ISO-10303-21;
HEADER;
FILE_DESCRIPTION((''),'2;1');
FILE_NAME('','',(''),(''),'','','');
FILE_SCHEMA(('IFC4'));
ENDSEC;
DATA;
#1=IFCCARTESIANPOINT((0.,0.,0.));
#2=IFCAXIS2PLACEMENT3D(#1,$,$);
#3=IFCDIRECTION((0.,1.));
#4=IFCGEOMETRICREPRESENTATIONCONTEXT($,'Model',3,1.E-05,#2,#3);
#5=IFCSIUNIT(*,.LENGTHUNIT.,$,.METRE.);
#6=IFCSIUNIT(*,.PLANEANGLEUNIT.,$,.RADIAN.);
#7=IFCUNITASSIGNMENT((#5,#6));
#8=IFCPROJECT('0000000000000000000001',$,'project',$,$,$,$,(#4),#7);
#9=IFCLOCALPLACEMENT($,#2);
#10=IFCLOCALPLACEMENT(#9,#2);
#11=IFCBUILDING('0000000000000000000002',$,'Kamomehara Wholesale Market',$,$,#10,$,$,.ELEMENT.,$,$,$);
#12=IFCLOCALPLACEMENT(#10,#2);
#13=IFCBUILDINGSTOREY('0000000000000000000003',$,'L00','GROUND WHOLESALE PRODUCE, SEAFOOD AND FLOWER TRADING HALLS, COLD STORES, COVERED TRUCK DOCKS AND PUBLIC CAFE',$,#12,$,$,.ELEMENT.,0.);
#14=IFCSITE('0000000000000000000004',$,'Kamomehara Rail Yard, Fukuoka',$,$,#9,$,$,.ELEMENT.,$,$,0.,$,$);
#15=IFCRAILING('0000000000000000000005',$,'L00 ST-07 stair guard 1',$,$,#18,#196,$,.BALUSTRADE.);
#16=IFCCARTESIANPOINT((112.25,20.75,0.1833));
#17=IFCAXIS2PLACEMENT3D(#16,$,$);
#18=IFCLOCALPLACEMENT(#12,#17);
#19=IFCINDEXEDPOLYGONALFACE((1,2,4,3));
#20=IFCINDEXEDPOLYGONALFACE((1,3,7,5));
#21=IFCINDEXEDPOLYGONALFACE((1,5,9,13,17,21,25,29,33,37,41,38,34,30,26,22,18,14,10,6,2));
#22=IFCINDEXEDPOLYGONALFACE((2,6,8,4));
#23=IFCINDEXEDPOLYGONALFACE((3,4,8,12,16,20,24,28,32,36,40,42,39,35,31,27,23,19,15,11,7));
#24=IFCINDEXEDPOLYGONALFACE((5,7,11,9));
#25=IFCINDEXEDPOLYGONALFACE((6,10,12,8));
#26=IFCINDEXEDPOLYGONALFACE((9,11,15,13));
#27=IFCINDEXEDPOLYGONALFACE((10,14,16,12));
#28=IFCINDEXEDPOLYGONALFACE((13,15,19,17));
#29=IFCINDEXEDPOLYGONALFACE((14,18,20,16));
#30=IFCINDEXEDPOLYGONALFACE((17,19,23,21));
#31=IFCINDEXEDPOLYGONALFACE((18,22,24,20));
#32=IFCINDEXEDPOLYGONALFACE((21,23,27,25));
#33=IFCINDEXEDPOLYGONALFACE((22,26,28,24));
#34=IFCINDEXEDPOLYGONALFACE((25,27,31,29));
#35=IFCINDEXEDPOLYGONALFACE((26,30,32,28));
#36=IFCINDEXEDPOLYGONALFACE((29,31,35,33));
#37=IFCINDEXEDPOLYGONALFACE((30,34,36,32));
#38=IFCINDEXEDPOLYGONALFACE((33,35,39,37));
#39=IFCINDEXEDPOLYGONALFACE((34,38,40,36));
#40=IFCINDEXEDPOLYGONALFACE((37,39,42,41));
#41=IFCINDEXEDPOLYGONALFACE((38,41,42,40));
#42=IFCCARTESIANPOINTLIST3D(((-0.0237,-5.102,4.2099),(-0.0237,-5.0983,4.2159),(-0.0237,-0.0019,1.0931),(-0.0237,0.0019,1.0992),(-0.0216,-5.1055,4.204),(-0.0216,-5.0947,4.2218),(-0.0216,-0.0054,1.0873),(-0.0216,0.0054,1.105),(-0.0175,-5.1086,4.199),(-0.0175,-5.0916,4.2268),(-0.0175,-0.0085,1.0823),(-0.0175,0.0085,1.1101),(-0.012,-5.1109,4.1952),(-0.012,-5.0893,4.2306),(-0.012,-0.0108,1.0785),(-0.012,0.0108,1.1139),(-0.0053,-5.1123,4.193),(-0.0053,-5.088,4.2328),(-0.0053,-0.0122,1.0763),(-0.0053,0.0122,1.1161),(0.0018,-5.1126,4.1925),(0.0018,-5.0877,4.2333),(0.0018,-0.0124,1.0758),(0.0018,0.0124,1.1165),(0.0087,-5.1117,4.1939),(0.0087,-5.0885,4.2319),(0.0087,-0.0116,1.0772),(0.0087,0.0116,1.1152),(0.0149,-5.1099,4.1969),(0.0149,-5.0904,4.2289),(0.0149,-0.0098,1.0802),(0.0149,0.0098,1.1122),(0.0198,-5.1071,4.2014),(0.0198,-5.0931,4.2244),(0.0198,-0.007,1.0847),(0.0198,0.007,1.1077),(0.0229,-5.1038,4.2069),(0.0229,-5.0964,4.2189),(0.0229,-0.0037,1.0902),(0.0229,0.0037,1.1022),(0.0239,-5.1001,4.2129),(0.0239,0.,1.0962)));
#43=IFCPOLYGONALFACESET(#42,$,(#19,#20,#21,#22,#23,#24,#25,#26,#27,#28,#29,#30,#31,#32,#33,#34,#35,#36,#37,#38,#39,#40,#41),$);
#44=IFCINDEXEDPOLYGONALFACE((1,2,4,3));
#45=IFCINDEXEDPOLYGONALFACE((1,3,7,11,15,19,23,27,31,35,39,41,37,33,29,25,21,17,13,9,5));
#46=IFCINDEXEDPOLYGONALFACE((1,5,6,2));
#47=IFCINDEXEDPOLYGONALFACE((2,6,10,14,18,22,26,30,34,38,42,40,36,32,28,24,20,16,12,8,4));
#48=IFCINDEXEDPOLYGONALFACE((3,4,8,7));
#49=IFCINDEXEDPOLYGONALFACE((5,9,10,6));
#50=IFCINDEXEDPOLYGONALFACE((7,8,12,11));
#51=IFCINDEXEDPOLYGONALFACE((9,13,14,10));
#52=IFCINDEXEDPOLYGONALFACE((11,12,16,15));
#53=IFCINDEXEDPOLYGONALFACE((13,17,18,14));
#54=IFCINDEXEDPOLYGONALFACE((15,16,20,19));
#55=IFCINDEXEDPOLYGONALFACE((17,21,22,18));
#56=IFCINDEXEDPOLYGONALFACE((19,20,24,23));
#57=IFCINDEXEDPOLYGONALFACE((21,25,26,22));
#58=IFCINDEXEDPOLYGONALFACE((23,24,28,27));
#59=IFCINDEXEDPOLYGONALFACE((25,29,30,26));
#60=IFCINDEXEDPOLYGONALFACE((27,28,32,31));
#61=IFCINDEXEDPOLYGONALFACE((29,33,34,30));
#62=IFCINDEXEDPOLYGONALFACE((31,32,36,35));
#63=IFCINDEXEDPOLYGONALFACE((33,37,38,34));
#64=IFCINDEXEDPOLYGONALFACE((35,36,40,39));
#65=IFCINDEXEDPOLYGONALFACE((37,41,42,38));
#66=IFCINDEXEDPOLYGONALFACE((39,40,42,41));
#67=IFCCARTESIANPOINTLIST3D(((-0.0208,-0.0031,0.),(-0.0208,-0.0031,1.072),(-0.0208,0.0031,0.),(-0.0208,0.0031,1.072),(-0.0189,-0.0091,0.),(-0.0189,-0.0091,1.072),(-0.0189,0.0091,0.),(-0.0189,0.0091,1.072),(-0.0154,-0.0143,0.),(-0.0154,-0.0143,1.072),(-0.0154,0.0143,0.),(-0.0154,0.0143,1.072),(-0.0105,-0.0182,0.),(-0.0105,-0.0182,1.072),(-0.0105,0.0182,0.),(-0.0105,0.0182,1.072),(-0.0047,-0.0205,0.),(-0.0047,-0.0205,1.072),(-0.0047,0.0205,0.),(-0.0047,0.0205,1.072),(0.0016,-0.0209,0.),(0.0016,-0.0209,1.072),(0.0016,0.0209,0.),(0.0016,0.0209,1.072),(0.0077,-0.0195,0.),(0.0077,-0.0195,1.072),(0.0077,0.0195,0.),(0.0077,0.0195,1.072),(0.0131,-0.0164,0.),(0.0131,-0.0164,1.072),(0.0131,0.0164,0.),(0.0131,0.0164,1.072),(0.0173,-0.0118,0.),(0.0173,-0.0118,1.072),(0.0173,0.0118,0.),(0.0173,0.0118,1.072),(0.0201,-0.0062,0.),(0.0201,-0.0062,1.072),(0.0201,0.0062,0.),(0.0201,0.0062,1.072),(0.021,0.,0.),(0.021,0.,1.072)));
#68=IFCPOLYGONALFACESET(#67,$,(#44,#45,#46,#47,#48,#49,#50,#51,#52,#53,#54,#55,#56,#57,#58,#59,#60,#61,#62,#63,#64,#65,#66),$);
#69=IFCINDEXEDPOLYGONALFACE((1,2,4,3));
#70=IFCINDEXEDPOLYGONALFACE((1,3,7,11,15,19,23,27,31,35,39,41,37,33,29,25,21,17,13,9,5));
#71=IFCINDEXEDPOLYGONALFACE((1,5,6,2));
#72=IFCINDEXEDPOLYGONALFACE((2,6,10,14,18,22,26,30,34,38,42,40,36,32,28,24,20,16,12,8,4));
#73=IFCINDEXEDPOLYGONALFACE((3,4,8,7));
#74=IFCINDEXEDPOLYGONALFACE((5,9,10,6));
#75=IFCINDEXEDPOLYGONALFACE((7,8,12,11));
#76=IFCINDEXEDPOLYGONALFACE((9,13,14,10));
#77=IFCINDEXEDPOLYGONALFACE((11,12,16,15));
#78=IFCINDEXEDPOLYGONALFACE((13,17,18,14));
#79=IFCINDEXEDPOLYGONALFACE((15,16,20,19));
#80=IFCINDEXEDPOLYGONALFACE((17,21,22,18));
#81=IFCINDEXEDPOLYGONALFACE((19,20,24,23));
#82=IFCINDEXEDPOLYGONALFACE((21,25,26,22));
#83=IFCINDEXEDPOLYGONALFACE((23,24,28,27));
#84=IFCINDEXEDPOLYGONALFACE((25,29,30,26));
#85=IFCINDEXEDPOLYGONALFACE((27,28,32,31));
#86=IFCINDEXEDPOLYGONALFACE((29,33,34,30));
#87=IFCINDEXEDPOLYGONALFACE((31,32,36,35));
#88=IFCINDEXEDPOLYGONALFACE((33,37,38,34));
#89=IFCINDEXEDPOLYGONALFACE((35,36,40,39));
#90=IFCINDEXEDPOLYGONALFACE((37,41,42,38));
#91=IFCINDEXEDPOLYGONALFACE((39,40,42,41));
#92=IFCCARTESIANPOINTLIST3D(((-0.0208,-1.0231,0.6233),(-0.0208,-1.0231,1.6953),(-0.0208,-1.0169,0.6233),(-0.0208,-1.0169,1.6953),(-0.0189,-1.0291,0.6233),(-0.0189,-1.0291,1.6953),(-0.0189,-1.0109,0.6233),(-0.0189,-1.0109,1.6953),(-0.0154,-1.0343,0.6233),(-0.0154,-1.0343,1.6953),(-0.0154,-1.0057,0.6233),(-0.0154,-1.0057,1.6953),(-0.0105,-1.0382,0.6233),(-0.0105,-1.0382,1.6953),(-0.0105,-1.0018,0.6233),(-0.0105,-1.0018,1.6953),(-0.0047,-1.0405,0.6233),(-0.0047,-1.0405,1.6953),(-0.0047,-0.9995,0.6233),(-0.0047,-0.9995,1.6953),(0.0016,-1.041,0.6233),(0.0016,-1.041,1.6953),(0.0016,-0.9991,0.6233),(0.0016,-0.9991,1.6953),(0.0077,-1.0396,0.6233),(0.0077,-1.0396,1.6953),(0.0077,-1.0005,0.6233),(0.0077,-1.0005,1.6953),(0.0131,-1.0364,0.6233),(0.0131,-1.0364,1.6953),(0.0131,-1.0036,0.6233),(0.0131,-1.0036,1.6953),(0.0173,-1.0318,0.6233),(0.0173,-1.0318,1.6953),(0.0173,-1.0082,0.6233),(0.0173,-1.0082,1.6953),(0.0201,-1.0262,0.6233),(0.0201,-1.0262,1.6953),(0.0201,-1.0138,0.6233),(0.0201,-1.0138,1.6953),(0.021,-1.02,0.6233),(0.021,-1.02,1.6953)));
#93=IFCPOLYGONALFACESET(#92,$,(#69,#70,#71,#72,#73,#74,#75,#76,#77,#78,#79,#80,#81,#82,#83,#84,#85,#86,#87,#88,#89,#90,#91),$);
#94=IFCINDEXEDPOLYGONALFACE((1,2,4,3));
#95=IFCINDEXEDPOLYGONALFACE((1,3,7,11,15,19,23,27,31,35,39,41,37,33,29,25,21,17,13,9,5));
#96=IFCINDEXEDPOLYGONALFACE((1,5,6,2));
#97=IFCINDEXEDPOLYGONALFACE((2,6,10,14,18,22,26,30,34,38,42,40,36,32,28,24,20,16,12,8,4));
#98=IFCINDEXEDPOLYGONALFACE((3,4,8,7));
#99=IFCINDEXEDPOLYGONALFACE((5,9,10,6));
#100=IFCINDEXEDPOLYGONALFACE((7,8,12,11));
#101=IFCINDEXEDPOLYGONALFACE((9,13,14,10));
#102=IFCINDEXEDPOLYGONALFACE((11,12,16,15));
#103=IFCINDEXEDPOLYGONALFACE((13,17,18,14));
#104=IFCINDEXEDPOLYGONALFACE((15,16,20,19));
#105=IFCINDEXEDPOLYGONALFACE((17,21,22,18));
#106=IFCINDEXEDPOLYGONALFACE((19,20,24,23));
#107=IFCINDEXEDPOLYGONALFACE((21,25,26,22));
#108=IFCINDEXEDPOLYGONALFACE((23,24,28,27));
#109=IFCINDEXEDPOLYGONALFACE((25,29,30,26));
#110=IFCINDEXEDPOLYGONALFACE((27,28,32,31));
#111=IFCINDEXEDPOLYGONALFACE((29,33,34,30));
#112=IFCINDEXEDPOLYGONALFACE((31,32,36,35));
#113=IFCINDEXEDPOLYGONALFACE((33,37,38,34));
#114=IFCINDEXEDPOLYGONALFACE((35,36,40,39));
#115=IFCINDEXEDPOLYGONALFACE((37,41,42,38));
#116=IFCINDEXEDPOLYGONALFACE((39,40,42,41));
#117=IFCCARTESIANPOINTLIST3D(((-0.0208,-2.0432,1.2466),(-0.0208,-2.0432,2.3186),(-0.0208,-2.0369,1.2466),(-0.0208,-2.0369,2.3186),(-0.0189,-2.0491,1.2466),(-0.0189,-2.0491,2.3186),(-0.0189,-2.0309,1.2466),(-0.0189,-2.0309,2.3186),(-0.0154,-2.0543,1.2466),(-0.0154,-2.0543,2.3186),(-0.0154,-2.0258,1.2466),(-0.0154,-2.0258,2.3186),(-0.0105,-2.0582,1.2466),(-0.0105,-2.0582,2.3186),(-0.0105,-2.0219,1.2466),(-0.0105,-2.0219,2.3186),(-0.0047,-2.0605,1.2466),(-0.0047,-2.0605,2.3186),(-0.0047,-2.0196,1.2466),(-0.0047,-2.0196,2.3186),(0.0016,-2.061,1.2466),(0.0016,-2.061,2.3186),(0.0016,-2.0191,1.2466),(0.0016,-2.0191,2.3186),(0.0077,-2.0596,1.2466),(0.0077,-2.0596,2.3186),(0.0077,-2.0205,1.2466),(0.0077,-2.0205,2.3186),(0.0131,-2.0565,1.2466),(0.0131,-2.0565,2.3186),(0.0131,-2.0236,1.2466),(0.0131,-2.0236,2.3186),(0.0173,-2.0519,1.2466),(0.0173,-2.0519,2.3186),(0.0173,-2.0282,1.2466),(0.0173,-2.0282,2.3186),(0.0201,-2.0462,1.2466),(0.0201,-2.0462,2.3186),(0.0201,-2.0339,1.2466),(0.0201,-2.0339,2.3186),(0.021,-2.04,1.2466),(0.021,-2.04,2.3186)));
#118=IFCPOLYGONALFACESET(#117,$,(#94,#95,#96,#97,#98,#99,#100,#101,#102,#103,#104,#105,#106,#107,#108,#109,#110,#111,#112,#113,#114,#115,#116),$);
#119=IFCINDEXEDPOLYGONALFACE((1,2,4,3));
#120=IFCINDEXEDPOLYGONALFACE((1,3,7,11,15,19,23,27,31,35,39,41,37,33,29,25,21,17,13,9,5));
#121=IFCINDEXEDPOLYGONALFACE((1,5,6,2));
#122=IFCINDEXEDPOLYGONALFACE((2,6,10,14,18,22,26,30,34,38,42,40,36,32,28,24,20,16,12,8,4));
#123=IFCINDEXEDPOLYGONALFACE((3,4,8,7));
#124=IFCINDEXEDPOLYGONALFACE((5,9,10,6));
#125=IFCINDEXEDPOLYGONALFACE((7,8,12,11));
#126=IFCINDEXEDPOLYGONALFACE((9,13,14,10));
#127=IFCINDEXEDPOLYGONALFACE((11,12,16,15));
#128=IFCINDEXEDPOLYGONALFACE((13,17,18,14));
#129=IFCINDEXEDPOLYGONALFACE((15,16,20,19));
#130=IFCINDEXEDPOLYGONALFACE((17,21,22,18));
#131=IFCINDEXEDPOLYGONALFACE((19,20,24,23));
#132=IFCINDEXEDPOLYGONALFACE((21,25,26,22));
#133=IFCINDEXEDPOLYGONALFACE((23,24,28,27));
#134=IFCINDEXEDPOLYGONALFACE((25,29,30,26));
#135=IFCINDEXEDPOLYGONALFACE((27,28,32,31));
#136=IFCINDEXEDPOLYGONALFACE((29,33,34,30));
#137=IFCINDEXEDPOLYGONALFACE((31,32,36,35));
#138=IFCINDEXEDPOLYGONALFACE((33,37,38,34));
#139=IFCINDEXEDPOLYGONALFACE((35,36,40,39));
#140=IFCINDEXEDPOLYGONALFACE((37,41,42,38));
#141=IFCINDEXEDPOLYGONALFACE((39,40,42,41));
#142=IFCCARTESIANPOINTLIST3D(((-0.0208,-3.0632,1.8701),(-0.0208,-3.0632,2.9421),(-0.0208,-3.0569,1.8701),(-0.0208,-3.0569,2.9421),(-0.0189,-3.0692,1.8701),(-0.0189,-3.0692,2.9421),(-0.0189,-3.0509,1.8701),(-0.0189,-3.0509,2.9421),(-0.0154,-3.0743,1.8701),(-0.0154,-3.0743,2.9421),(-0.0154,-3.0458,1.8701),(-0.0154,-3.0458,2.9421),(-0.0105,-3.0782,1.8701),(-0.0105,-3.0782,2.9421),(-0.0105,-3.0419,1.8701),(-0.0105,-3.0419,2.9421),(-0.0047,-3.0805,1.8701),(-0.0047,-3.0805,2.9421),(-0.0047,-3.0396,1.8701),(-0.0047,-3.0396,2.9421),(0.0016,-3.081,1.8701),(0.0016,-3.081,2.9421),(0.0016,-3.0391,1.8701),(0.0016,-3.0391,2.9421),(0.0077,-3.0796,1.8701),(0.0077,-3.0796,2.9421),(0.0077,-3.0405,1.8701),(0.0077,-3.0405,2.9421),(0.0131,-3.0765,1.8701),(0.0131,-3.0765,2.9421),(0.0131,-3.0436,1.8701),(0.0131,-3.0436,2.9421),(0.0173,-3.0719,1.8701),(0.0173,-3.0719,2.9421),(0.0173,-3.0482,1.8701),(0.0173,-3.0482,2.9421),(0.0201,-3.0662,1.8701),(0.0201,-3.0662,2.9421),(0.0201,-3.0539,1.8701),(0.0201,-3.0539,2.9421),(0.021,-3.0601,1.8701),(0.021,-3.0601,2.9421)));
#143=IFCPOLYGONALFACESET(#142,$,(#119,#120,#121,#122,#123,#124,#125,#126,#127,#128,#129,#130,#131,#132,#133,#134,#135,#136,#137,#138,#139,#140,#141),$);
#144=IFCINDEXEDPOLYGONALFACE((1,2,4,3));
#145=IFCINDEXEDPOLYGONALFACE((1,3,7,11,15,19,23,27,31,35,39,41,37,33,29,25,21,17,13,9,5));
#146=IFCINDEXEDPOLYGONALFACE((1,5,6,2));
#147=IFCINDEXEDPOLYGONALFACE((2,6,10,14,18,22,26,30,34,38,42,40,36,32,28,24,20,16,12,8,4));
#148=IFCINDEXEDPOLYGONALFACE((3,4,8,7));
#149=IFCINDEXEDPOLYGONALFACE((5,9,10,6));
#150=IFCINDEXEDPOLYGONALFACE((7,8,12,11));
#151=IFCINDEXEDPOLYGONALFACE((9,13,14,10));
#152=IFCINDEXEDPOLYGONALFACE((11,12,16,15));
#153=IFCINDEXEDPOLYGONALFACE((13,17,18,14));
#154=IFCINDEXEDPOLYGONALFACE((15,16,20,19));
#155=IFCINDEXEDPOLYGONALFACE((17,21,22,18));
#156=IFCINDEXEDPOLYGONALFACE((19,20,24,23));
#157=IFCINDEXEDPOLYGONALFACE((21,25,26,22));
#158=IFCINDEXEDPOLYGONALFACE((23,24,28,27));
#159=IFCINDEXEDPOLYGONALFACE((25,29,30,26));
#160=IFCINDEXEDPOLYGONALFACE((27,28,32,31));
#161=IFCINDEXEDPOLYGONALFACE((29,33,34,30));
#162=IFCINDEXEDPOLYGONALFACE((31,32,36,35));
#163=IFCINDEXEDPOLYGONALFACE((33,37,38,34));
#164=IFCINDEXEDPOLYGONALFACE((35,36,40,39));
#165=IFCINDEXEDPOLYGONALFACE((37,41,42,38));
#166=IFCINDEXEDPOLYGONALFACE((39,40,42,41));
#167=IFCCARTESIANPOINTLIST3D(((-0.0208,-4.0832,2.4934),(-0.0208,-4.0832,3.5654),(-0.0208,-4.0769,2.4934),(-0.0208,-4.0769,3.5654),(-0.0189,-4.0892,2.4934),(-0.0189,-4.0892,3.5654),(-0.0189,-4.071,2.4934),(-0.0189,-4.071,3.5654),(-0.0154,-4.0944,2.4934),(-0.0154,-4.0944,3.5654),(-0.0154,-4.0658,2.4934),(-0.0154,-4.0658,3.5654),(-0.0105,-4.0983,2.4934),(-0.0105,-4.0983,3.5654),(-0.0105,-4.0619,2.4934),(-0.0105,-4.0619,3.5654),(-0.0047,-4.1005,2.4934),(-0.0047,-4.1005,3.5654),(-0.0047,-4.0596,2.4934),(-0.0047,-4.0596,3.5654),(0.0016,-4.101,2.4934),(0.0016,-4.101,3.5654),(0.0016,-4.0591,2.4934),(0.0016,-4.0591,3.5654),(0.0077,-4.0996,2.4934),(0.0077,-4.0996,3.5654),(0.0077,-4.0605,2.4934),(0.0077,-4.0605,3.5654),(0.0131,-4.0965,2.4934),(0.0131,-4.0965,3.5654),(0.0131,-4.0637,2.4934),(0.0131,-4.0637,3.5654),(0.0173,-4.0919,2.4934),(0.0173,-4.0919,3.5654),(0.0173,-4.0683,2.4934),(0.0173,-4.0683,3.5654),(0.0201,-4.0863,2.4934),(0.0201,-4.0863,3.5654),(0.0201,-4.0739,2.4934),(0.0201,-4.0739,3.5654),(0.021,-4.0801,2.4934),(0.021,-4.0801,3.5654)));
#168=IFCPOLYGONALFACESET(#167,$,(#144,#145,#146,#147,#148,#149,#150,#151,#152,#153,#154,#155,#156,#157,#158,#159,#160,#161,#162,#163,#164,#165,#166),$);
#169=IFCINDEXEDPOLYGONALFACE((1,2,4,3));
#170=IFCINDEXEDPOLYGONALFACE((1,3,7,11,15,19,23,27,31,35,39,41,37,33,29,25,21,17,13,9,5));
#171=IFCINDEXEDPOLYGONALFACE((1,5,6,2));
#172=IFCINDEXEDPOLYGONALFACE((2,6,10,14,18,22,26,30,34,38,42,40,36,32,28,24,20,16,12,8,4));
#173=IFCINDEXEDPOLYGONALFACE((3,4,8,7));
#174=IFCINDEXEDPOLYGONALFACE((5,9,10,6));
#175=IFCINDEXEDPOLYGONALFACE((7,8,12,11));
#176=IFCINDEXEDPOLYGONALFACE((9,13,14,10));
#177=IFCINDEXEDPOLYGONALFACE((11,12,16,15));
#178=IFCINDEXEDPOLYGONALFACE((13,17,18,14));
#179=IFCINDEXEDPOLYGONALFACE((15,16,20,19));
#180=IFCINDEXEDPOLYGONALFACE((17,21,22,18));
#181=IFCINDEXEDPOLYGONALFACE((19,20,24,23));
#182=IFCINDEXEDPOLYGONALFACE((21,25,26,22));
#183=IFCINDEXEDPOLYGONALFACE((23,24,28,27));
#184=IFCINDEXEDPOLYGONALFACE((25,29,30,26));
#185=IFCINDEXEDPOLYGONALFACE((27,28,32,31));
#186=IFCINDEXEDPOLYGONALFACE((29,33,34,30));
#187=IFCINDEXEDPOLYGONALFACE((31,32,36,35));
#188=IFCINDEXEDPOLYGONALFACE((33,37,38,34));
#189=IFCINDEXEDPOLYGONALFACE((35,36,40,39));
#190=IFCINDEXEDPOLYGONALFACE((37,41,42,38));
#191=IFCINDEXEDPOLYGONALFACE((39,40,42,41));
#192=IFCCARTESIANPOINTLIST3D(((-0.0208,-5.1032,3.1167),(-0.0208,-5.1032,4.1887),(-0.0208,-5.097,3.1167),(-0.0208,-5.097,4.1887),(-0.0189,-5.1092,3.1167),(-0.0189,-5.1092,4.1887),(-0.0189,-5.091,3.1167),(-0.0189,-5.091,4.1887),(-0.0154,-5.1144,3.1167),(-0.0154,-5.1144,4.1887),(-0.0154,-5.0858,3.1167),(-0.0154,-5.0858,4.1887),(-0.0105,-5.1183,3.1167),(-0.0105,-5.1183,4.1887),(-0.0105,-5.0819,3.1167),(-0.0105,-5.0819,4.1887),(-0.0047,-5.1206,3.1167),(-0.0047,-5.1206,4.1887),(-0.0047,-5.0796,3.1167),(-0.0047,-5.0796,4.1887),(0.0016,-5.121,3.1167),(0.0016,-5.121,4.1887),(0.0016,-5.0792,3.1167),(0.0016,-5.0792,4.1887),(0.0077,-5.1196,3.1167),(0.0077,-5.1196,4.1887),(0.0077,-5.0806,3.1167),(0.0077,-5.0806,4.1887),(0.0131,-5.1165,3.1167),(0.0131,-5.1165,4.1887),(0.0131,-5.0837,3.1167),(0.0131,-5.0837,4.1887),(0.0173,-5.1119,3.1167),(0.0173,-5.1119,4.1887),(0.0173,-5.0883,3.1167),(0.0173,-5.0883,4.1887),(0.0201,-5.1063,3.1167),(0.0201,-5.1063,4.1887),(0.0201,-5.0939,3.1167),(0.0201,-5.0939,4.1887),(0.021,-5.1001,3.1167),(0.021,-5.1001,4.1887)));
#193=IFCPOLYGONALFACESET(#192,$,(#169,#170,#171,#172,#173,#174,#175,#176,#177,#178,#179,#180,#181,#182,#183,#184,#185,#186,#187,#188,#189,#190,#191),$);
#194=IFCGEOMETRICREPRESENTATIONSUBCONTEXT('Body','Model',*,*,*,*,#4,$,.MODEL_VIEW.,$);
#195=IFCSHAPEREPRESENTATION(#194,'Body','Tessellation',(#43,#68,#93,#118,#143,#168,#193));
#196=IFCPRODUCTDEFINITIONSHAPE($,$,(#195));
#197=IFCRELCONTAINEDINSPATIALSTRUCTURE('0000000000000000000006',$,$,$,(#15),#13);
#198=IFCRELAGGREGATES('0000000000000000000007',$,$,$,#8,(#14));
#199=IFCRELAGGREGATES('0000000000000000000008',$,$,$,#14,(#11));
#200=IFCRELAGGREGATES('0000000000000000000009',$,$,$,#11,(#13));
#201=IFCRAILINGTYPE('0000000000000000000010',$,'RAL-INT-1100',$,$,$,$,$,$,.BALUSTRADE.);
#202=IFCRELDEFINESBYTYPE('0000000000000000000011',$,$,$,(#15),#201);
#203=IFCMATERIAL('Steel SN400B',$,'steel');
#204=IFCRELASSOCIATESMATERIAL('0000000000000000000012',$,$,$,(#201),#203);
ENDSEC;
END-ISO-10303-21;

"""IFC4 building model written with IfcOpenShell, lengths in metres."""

from ifc_helpers import new_model, si_unit, direction, frame, origin, origin_2d, place, context, subcontext, project, spatial, circle, extrude, material, type_object, element, save


model = new_model("IFC4")

# Units and contexts
model_context = context("Model", 3, precision=1e-05, world=origin(), true_north=direction((0.0, 1.0)))
body_context = subcontext(model_context, "Body", "Model", "MODEL_VIEW")
ifc_project = project(units=[si_unit("LENGTHUNIT", "METRE"), si_unit("PLANEANGLEUNIT", "RADIAN")], contexts=[model_context])

# Site, building, storey
site_placement = place(None, origin())
site = spatial("IfcSite", under=ifc_project, at=site_placement, Name="Kamomehara Rail Yard, Fukuoka", CompositionType="ELEMENT", RefElevation=0.0)
building_placement = place(site_placement, origin())
building = spatial("IfcBuilding", under=site, at=building_placement, Name="Kamomehara Wholesale Market", CompositionType="ELEMENT")
storey_placement = place(building_placement, origin())
storey = spatial("IfcBuildingStorey", under=building, at=storey_placement, Name="L00", Description="GROUND WHOLESALE PRODUCE, SEAFOOD AND FLOWER TRADING HALLS, COLD STORES, COVERED TRUCK DOCKS AND PUBLIC CAFE", CompositionType="ELEMENT", Elevation=0.0)

# Railing
ifc_material_1 = material(Name="Steel SN400B", Category="steel")
railing_type_1 = type_object("IfcRailingType", Name="RAL-INT-1100", PredefinedType="BALUSTRADE", material=ifc_material_1)
railing_1_placement = place(storey_placement, frame((112.25, 20.75, 0.1833)))
element("IfcRailing", 1, at=railing_1_placement, inside=storey, type_object=railing_type_1, Name="L00 ST-07 stair guard 1", PredefinedType="BALUSTRADE", context=body_context, shape_type="SweptSolid", body=[
    extrude(circle(Radius=0.0239, at=origin_2d()), frame((0.0, 0.0, 1.0962), z_axis=(0.0, -0.853284, 0.521447), x_axis=(1.0, 0.0, 0.0)), (0.0, 0.0, 1.0), 5.9771),
    extrude(circle(Radius=0.021, at=origin_2d()), origin(), (0.0, 0.0, 1.0), 1.072),
    extrude(circle(Radius=0.021, at=origin_2d()), frame((0.0, -1.02, 0.6233)), (0.0, 0.0, 1.0), 1.072),
    extrude(circle(Radius=0.021, at=origin_2d()), frame((0.0, -2.04, 1.2466)), (0.0, 0.0, 1.0), 1.072),
    extrude(circle(Radius=0.021, at=origin_2d()), frame((0.0, -3.0601, 1.8701)), (0.0, 0.0, 1.0), 1.072),
    extrude(circle(Radius=0.021, at=origin_2d()), frame((0.0, -4.0801, 2.4934)), (0.0, 0.0, 1.0), 1.072),
    extrude(circle(Radius=0.021, at=origin_2d()), frame((0.0, -5.1001, 3.1167)), (0.0, 0.0, 1.0), 1.072),
])

save(model, "model.ifc")
